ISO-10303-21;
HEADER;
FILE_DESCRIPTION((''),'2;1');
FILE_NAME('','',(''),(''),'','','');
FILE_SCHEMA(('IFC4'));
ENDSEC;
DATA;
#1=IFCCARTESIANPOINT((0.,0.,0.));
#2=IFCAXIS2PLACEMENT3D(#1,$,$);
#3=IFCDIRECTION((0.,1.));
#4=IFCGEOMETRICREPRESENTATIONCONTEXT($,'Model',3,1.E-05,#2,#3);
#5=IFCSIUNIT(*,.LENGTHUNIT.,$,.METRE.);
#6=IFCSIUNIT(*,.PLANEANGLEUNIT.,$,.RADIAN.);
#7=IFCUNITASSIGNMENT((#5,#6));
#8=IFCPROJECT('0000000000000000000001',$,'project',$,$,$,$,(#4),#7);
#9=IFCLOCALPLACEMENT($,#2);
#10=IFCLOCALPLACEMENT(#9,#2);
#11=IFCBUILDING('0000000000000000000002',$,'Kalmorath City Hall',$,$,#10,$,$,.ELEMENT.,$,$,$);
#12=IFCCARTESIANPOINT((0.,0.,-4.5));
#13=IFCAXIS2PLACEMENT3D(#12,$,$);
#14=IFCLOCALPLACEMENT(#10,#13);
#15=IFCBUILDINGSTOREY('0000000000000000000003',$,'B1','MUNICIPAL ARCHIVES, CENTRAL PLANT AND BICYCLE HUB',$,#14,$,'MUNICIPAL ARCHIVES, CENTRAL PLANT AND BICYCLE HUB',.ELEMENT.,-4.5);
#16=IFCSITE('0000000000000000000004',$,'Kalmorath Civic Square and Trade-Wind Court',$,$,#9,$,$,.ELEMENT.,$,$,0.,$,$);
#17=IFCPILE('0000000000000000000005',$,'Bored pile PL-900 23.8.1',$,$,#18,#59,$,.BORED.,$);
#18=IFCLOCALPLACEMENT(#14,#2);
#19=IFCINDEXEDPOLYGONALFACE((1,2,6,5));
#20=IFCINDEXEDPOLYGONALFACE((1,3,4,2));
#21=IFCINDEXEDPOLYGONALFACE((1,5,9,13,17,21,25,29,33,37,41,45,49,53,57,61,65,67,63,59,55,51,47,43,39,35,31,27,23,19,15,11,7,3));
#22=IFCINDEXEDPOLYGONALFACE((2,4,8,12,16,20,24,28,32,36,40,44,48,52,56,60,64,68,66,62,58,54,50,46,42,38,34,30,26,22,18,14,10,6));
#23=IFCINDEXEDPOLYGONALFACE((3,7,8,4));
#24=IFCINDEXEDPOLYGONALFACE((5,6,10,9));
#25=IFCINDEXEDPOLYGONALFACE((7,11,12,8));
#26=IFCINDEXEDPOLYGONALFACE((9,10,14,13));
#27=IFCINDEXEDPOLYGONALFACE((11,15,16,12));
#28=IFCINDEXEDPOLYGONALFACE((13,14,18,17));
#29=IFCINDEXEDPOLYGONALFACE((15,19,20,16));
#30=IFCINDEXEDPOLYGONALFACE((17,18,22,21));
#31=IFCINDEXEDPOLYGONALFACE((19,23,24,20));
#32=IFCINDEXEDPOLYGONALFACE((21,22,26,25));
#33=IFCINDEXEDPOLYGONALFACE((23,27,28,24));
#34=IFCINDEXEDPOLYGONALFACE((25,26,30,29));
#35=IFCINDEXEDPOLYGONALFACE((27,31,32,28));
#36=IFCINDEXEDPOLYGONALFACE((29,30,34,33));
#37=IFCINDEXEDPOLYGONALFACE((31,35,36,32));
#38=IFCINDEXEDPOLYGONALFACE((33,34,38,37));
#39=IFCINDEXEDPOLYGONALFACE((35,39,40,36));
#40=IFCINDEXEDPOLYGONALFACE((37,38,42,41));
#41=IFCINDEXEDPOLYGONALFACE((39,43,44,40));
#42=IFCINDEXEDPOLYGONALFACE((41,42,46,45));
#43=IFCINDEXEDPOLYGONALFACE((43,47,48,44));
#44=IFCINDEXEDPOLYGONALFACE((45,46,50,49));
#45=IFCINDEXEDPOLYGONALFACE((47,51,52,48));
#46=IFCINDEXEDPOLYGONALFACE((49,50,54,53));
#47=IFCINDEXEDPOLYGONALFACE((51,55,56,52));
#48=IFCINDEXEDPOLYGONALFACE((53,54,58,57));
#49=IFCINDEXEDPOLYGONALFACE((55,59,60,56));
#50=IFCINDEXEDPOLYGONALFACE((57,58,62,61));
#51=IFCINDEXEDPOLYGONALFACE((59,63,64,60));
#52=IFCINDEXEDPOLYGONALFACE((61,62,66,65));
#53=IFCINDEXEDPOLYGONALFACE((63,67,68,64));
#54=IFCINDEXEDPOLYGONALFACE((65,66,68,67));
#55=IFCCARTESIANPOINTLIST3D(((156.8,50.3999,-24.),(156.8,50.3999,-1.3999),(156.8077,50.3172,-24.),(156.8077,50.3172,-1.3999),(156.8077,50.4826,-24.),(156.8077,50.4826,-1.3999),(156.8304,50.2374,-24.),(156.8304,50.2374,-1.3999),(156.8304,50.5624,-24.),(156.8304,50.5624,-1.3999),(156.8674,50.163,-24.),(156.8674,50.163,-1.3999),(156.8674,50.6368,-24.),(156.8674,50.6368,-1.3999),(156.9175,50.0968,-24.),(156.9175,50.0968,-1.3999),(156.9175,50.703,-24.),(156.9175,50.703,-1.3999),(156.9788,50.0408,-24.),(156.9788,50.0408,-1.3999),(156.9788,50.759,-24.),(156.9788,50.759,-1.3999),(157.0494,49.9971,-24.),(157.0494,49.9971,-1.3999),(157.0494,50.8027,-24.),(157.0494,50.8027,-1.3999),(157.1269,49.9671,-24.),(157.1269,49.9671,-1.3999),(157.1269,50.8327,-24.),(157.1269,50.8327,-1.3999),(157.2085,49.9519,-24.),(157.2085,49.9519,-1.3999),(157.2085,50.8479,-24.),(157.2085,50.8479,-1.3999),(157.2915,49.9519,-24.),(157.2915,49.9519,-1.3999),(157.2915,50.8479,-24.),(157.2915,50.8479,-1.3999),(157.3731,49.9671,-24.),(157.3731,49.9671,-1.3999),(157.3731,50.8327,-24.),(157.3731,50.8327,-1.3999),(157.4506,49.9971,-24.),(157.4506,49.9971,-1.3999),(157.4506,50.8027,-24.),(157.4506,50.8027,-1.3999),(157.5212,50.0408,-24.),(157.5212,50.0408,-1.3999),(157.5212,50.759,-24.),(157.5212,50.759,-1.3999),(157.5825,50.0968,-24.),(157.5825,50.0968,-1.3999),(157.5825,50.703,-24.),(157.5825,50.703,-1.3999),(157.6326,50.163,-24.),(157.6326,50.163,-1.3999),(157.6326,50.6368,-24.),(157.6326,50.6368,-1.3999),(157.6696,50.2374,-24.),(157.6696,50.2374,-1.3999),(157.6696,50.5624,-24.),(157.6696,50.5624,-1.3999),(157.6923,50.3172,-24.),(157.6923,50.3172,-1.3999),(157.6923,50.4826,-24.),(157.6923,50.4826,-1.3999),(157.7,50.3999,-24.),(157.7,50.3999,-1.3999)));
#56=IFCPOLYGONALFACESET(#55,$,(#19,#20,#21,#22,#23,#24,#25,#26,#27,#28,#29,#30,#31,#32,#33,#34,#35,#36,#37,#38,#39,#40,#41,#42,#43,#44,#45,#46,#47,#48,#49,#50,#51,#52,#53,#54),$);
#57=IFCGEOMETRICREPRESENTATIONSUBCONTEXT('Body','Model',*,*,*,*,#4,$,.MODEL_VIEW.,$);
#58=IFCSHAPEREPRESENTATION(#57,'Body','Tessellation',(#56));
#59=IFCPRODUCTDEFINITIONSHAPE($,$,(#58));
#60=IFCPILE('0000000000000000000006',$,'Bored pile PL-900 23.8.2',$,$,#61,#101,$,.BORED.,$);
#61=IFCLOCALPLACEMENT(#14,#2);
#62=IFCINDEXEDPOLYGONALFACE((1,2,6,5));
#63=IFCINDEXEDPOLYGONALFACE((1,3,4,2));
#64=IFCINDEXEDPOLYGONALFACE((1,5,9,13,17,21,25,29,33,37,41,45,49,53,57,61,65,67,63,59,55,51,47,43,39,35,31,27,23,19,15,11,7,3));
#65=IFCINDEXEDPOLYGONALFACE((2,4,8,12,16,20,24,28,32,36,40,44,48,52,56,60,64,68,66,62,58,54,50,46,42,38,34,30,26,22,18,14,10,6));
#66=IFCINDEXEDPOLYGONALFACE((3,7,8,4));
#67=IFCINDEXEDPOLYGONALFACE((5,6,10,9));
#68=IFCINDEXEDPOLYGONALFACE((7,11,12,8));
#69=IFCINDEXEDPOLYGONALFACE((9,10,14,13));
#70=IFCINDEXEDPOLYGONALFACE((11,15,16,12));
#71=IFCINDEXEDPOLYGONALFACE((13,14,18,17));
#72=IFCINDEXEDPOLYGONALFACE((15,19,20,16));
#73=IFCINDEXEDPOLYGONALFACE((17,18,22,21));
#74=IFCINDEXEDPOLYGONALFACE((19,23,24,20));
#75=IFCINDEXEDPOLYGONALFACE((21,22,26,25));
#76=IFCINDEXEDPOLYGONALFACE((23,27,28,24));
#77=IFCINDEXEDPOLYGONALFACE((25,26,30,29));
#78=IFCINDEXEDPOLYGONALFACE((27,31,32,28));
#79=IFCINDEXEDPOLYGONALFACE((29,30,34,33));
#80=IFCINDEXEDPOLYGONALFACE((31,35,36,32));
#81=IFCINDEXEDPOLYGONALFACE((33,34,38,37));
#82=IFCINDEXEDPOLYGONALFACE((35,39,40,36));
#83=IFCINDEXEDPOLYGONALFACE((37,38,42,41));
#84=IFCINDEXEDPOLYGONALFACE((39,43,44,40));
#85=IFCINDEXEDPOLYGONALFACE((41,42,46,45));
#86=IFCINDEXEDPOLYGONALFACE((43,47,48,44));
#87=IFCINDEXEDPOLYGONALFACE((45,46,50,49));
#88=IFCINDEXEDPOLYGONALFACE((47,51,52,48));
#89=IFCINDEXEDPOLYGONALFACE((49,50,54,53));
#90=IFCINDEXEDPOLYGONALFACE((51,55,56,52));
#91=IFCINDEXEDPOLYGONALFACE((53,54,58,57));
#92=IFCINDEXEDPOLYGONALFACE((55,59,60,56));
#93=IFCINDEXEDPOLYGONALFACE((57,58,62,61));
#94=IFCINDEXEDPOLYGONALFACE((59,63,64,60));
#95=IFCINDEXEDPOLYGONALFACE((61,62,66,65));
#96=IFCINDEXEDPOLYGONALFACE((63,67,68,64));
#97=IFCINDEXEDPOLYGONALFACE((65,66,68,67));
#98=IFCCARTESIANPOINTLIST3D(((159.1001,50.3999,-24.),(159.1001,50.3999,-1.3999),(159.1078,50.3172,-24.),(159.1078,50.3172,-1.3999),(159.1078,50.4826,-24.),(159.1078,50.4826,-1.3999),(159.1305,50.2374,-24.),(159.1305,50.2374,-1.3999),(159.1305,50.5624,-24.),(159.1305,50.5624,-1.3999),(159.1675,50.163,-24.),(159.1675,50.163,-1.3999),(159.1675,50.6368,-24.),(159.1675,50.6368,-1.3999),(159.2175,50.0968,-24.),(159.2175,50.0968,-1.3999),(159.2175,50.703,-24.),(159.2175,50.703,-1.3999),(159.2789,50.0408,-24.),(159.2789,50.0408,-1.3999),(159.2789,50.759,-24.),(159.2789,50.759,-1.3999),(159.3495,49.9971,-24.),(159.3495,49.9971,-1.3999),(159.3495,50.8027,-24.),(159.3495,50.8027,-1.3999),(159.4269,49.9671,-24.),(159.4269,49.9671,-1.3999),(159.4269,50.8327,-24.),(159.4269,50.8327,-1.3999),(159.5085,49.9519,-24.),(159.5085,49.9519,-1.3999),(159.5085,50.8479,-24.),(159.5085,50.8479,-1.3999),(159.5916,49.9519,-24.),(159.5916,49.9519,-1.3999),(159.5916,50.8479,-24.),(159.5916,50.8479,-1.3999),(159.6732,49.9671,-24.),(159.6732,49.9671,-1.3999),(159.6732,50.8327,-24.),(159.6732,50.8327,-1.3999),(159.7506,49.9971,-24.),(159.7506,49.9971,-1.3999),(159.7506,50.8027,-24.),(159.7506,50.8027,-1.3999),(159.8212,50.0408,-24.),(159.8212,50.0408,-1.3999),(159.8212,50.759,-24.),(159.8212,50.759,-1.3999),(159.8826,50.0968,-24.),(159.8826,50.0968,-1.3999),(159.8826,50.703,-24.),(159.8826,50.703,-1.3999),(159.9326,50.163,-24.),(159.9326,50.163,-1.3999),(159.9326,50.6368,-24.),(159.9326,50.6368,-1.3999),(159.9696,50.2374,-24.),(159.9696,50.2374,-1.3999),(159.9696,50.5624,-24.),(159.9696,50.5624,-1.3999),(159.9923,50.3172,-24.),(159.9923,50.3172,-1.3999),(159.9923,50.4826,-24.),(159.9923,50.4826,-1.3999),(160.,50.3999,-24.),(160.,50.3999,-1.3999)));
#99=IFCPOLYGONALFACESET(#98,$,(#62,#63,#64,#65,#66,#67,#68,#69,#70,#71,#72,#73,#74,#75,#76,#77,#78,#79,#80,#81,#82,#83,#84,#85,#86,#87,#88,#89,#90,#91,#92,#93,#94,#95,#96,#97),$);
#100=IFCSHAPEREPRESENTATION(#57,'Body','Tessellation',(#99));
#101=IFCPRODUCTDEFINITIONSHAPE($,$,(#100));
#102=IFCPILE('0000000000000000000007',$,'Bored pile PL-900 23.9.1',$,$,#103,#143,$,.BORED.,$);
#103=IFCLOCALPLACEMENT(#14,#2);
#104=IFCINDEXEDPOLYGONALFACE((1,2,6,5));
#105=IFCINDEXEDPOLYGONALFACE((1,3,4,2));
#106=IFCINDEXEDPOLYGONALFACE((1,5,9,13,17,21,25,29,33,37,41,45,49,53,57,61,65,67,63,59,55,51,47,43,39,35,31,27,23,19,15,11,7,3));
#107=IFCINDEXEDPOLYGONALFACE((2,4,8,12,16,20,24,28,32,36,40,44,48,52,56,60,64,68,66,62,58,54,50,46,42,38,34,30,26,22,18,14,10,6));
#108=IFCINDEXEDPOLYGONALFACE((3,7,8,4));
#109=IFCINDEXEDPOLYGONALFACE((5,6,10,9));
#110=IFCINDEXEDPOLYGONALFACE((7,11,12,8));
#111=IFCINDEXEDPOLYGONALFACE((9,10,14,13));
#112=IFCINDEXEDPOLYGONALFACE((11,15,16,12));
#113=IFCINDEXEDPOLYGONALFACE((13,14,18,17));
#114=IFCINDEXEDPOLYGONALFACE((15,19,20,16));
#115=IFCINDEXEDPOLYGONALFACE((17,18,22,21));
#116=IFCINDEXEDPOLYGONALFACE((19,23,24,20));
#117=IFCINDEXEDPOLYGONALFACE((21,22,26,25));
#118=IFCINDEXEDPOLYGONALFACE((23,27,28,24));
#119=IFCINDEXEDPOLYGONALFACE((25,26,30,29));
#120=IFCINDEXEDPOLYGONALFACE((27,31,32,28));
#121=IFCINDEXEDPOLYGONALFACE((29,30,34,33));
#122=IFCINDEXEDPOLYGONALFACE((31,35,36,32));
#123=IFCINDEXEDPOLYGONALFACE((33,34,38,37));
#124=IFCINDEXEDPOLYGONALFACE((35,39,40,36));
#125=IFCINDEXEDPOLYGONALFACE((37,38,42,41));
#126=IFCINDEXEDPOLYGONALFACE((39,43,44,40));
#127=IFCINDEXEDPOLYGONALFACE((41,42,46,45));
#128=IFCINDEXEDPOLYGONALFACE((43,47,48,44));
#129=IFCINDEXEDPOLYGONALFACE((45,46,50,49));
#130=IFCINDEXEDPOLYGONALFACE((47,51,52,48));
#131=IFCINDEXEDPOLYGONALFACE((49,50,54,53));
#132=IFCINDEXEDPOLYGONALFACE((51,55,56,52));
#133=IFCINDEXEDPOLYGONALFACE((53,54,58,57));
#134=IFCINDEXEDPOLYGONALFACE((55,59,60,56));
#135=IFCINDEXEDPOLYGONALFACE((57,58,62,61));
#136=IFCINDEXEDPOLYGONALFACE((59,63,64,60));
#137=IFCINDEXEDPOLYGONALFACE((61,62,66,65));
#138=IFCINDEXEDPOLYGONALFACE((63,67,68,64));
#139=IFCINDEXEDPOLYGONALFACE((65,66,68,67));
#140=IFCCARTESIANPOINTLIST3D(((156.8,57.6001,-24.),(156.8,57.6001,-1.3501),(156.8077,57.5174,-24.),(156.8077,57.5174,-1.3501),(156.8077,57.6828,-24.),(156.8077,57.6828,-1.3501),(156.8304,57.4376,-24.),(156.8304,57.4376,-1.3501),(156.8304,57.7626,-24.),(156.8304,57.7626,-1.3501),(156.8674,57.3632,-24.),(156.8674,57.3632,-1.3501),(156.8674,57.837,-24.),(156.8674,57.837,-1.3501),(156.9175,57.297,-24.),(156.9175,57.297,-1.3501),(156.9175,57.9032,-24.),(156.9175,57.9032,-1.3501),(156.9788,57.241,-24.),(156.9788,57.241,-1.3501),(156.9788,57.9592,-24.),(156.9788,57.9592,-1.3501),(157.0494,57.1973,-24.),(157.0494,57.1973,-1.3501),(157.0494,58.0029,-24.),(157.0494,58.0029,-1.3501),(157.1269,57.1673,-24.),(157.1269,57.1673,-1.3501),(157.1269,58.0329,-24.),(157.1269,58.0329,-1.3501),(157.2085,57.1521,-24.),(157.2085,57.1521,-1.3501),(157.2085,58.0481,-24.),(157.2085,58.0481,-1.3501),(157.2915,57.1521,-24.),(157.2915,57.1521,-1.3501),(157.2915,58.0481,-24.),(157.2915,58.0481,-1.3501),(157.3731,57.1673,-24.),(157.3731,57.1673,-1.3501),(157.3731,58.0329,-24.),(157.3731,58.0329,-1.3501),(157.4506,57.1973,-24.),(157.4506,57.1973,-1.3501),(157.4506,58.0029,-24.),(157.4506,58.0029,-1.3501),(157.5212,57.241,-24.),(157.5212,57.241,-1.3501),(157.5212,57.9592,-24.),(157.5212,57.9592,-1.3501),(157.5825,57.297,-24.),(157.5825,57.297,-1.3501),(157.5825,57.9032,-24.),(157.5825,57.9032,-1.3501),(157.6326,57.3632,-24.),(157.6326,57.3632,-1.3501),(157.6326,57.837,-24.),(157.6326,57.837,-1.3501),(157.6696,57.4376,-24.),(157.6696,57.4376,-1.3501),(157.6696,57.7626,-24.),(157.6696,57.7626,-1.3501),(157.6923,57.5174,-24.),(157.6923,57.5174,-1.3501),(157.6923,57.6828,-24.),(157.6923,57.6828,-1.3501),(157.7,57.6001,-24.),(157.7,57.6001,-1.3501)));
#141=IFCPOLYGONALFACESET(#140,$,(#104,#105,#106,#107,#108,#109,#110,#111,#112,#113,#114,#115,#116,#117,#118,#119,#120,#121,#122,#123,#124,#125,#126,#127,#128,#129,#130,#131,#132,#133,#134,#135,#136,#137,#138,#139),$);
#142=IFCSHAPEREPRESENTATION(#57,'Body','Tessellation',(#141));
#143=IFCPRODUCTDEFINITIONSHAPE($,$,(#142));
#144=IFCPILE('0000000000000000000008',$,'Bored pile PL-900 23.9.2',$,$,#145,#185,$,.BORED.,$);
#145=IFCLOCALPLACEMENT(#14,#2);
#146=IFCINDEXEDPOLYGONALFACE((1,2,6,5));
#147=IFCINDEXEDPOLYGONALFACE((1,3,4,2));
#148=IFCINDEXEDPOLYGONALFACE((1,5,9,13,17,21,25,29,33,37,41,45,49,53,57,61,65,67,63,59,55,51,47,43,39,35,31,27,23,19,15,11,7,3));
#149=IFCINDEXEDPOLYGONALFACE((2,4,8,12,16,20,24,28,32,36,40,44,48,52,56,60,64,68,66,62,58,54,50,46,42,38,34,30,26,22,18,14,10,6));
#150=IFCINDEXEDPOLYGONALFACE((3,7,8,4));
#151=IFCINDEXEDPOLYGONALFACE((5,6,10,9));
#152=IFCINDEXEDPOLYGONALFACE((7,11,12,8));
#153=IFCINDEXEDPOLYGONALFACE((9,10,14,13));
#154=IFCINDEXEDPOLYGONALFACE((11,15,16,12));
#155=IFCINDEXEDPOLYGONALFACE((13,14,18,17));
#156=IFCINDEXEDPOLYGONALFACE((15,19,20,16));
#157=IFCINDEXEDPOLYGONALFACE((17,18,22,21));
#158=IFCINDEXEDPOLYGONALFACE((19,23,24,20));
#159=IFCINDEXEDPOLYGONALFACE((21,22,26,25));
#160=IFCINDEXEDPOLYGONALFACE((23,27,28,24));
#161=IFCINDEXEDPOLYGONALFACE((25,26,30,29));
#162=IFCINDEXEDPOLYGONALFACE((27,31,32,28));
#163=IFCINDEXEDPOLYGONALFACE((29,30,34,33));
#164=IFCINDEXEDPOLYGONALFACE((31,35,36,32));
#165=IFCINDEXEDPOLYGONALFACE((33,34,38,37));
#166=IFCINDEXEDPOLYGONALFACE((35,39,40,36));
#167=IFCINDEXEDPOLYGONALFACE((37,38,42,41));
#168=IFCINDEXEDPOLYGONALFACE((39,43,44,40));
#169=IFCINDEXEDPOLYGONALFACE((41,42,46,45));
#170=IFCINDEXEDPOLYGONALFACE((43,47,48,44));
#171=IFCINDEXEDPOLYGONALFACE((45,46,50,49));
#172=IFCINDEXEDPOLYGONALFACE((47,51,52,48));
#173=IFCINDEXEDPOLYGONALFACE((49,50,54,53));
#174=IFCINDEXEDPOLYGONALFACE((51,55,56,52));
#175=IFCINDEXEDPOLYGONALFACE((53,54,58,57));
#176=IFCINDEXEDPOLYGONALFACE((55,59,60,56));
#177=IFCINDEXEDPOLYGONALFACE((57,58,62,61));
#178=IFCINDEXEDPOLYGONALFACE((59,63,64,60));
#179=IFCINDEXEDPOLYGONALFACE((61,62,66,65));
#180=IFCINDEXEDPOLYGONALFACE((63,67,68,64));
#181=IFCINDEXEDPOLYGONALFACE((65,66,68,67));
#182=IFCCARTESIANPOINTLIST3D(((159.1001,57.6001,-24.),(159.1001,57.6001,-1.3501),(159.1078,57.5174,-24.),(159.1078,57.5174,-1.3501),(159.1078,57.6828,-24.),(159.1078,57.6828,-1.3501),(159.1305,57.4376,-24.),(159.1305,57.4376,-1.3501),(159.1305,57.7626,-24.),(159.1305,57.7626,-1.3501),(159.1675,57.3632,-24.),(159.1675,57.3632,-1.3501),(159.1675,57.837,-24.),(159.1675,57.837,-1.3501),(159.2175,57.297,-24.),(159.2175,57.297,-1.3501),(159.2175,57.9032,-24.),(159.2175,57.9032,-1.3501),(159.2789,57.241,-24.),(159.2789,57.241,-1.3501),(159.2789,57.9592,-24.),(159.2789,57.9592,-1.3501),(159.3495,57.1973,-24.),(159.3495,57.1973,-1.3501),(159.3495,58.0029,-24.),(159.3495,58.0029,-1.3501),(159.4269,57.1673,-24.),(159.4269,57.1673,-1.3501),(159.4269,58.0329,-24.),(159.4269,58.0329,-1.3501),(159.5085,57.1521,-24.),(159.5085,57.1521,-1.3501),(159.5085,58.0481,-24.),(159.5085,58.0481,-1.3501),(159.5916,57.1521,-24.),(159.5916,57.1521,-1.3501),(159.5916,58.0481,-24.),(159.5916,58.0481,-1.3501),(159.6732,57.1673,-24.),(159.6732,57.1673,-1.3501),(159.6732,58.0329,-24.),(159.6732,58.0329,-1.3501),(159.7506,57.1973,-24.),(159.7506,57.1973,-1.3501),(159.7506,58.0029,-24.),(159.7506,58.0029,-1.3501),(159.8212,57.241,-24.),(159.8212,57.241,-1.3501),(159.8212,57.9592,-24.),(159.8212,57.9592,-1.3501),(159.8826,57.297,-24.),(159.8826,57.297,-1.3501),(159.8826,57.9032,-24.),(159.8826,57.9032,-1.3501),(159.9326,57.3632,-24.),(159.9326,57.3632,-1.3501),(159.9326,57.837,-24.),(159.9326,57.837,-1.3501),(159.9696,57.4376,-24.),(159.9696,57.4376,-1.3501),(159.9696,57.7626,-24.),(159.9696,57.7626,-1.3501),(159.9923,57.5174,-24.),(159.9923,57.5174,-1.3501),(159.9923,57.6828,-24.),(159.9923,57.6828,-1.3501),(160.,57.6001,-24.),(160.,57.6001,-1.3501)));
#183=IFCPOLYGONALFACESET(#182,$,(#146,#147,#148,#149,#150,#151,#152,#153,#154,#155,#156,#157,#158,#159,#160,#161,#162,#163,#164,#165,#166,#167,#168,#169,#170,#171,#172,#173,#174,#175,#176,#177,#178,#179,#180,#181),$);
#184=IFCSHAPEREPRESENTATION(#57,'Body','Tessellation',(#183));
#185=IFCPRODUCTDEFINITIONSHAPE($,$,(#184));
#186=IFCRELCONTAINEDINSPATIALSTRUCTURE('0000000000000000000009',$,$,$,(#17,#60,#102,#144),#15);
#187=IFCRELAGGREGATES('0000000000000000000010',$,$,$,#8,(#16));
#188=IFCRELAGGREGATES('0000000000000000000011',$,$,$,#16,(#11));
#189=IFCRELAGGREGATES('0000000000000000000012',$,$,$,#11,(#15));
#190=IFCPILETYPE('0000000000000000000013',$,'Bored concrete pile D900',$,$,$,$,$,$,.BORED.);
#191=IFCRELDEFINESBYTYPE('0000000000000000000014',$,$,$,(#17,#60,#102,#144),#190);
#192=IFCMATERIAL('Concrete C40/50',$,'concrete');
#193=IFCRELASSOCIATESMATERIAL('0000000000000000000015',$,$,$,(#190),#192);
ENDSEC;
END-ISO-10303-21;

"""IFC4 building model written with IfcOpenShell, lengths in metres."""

from ifc_helpers import new_model, si_unit, direction, frame, origin, origin_2d, place, context, subcontext, project, spatial, circle, extrude, material, material_profile, profile_set, type_object, element, save


model = new_model("IFC4")

# Units and contexts
model_context = context("Model", 3, precision=1e-05, world=origin(), true_north=direction((0.0, 1.0)))
body_context = subcontext(model_context, "Body", "Model", "MODEL_VIEW")
ifc_project = project(units=[si_unit("LENGTHUNIT", "METRE"), si_unit("PLANEANGLEUNIT", "RADIAN")], contexts=[model_context])

# Site, building, storey
site_placement = place(None, origin())
site = spatial("IfcSite", under=ifc_project, at=site_placement, Name="Kalmorath Civic Square and Trade-Wind Court", CompositionType="ELEMENT", RefElevation=0.0)
building_placement = place(site_placement, origin())
building = spatial("IfcBuilding", under=site, at=building_placement, Name="Kalmorath City Hall", CompositionType="ELEMENT")
storey_placement = place(building_placement, frame((0.0, 0.0, -4.5)))
storey = spatial("IfcBuildingStorey", under=building, at=storey_placement, Name="B1", Description="MUNICIPAL ARCHIVES, CENTRAL PLANT AND BICYCLE HUB", LongName="MUNICIPAL ARCHIVES, CENTRAL PLANT AND BICYCLE HUB", CompositionType="ELEMENT", Elevation=-4.5)

# Piles
ifc_material_1 = material(Name="Concrete C40/50", Category="concrete")
ifc_material_profile_1 = material_profile(ifc_material_1, circle(Radius=0.45, at=origin_2d()), Name="PILE-D900")
ifc_profile_set_1 = profile_set([ifc_material_profile_1], Name="Concrete C40/50")
pile_type = type_object("IfcPileType", Name="Bored concrete pile D900", PredefinedType="BORED", material=ifc_profile_set_1)
for number, where, z_axis, x_axis, name in (
    (1, (157.25, 50.3999, -1.3999), (0.0, 0.0, -1.0), (1.0, 0.0, 0.0), "Bored pile PL-900 23.8.1"),
    (2, (159.55, 50.3999, -1.3999), (0.0, 0.0, -1.0), (1.0, 0.0, 0.0), "Bored pile PL-900 23.8.2"),
):
    element("IfcPile", number, at=place(storey_placement, frame(where, z_axis=z_axis, x_axis=x_axis)), inside=storey, type_object=pile_type, Name=name, PredefinedType="BORED", context=body_context, shape_type="SweptSolid", body=[
        extrude(circle(Radius=0.45, at=origin_2d()), origin(), (0.0, 0.0, 1.0), 22.6001),
    ])
for number, where, z_axis, x_axis, name in (
    (3, (157.25, 57.6001, -1.3501), (0.0, 0.0, -1.0), (1.0, 0.0, 0.0), "Bored pile PL-900 23.9.1"),
    (4, (159.55, 57.6001, -1.3501), (0.0, 0.0, -1.0), (1.0, 0.0, 0.0), "Bored pile PL-900 23.9.2"),
):
    element("IfcPile", number, at=place(storey_placement, frame(where, z_axis=z_axis, x_axis=x_axis)), inside=storey, type_object=pile_type, Name=name, PredefinedType="BORED", context=body_context, shape_type="SweptSolid", body=[
        extrude(circle(Radius=0.45, at=origin_2d()), origin(), (0.0, 0.0, 1.0), 22.6499),
    ])

save(model, "model.ifc")
